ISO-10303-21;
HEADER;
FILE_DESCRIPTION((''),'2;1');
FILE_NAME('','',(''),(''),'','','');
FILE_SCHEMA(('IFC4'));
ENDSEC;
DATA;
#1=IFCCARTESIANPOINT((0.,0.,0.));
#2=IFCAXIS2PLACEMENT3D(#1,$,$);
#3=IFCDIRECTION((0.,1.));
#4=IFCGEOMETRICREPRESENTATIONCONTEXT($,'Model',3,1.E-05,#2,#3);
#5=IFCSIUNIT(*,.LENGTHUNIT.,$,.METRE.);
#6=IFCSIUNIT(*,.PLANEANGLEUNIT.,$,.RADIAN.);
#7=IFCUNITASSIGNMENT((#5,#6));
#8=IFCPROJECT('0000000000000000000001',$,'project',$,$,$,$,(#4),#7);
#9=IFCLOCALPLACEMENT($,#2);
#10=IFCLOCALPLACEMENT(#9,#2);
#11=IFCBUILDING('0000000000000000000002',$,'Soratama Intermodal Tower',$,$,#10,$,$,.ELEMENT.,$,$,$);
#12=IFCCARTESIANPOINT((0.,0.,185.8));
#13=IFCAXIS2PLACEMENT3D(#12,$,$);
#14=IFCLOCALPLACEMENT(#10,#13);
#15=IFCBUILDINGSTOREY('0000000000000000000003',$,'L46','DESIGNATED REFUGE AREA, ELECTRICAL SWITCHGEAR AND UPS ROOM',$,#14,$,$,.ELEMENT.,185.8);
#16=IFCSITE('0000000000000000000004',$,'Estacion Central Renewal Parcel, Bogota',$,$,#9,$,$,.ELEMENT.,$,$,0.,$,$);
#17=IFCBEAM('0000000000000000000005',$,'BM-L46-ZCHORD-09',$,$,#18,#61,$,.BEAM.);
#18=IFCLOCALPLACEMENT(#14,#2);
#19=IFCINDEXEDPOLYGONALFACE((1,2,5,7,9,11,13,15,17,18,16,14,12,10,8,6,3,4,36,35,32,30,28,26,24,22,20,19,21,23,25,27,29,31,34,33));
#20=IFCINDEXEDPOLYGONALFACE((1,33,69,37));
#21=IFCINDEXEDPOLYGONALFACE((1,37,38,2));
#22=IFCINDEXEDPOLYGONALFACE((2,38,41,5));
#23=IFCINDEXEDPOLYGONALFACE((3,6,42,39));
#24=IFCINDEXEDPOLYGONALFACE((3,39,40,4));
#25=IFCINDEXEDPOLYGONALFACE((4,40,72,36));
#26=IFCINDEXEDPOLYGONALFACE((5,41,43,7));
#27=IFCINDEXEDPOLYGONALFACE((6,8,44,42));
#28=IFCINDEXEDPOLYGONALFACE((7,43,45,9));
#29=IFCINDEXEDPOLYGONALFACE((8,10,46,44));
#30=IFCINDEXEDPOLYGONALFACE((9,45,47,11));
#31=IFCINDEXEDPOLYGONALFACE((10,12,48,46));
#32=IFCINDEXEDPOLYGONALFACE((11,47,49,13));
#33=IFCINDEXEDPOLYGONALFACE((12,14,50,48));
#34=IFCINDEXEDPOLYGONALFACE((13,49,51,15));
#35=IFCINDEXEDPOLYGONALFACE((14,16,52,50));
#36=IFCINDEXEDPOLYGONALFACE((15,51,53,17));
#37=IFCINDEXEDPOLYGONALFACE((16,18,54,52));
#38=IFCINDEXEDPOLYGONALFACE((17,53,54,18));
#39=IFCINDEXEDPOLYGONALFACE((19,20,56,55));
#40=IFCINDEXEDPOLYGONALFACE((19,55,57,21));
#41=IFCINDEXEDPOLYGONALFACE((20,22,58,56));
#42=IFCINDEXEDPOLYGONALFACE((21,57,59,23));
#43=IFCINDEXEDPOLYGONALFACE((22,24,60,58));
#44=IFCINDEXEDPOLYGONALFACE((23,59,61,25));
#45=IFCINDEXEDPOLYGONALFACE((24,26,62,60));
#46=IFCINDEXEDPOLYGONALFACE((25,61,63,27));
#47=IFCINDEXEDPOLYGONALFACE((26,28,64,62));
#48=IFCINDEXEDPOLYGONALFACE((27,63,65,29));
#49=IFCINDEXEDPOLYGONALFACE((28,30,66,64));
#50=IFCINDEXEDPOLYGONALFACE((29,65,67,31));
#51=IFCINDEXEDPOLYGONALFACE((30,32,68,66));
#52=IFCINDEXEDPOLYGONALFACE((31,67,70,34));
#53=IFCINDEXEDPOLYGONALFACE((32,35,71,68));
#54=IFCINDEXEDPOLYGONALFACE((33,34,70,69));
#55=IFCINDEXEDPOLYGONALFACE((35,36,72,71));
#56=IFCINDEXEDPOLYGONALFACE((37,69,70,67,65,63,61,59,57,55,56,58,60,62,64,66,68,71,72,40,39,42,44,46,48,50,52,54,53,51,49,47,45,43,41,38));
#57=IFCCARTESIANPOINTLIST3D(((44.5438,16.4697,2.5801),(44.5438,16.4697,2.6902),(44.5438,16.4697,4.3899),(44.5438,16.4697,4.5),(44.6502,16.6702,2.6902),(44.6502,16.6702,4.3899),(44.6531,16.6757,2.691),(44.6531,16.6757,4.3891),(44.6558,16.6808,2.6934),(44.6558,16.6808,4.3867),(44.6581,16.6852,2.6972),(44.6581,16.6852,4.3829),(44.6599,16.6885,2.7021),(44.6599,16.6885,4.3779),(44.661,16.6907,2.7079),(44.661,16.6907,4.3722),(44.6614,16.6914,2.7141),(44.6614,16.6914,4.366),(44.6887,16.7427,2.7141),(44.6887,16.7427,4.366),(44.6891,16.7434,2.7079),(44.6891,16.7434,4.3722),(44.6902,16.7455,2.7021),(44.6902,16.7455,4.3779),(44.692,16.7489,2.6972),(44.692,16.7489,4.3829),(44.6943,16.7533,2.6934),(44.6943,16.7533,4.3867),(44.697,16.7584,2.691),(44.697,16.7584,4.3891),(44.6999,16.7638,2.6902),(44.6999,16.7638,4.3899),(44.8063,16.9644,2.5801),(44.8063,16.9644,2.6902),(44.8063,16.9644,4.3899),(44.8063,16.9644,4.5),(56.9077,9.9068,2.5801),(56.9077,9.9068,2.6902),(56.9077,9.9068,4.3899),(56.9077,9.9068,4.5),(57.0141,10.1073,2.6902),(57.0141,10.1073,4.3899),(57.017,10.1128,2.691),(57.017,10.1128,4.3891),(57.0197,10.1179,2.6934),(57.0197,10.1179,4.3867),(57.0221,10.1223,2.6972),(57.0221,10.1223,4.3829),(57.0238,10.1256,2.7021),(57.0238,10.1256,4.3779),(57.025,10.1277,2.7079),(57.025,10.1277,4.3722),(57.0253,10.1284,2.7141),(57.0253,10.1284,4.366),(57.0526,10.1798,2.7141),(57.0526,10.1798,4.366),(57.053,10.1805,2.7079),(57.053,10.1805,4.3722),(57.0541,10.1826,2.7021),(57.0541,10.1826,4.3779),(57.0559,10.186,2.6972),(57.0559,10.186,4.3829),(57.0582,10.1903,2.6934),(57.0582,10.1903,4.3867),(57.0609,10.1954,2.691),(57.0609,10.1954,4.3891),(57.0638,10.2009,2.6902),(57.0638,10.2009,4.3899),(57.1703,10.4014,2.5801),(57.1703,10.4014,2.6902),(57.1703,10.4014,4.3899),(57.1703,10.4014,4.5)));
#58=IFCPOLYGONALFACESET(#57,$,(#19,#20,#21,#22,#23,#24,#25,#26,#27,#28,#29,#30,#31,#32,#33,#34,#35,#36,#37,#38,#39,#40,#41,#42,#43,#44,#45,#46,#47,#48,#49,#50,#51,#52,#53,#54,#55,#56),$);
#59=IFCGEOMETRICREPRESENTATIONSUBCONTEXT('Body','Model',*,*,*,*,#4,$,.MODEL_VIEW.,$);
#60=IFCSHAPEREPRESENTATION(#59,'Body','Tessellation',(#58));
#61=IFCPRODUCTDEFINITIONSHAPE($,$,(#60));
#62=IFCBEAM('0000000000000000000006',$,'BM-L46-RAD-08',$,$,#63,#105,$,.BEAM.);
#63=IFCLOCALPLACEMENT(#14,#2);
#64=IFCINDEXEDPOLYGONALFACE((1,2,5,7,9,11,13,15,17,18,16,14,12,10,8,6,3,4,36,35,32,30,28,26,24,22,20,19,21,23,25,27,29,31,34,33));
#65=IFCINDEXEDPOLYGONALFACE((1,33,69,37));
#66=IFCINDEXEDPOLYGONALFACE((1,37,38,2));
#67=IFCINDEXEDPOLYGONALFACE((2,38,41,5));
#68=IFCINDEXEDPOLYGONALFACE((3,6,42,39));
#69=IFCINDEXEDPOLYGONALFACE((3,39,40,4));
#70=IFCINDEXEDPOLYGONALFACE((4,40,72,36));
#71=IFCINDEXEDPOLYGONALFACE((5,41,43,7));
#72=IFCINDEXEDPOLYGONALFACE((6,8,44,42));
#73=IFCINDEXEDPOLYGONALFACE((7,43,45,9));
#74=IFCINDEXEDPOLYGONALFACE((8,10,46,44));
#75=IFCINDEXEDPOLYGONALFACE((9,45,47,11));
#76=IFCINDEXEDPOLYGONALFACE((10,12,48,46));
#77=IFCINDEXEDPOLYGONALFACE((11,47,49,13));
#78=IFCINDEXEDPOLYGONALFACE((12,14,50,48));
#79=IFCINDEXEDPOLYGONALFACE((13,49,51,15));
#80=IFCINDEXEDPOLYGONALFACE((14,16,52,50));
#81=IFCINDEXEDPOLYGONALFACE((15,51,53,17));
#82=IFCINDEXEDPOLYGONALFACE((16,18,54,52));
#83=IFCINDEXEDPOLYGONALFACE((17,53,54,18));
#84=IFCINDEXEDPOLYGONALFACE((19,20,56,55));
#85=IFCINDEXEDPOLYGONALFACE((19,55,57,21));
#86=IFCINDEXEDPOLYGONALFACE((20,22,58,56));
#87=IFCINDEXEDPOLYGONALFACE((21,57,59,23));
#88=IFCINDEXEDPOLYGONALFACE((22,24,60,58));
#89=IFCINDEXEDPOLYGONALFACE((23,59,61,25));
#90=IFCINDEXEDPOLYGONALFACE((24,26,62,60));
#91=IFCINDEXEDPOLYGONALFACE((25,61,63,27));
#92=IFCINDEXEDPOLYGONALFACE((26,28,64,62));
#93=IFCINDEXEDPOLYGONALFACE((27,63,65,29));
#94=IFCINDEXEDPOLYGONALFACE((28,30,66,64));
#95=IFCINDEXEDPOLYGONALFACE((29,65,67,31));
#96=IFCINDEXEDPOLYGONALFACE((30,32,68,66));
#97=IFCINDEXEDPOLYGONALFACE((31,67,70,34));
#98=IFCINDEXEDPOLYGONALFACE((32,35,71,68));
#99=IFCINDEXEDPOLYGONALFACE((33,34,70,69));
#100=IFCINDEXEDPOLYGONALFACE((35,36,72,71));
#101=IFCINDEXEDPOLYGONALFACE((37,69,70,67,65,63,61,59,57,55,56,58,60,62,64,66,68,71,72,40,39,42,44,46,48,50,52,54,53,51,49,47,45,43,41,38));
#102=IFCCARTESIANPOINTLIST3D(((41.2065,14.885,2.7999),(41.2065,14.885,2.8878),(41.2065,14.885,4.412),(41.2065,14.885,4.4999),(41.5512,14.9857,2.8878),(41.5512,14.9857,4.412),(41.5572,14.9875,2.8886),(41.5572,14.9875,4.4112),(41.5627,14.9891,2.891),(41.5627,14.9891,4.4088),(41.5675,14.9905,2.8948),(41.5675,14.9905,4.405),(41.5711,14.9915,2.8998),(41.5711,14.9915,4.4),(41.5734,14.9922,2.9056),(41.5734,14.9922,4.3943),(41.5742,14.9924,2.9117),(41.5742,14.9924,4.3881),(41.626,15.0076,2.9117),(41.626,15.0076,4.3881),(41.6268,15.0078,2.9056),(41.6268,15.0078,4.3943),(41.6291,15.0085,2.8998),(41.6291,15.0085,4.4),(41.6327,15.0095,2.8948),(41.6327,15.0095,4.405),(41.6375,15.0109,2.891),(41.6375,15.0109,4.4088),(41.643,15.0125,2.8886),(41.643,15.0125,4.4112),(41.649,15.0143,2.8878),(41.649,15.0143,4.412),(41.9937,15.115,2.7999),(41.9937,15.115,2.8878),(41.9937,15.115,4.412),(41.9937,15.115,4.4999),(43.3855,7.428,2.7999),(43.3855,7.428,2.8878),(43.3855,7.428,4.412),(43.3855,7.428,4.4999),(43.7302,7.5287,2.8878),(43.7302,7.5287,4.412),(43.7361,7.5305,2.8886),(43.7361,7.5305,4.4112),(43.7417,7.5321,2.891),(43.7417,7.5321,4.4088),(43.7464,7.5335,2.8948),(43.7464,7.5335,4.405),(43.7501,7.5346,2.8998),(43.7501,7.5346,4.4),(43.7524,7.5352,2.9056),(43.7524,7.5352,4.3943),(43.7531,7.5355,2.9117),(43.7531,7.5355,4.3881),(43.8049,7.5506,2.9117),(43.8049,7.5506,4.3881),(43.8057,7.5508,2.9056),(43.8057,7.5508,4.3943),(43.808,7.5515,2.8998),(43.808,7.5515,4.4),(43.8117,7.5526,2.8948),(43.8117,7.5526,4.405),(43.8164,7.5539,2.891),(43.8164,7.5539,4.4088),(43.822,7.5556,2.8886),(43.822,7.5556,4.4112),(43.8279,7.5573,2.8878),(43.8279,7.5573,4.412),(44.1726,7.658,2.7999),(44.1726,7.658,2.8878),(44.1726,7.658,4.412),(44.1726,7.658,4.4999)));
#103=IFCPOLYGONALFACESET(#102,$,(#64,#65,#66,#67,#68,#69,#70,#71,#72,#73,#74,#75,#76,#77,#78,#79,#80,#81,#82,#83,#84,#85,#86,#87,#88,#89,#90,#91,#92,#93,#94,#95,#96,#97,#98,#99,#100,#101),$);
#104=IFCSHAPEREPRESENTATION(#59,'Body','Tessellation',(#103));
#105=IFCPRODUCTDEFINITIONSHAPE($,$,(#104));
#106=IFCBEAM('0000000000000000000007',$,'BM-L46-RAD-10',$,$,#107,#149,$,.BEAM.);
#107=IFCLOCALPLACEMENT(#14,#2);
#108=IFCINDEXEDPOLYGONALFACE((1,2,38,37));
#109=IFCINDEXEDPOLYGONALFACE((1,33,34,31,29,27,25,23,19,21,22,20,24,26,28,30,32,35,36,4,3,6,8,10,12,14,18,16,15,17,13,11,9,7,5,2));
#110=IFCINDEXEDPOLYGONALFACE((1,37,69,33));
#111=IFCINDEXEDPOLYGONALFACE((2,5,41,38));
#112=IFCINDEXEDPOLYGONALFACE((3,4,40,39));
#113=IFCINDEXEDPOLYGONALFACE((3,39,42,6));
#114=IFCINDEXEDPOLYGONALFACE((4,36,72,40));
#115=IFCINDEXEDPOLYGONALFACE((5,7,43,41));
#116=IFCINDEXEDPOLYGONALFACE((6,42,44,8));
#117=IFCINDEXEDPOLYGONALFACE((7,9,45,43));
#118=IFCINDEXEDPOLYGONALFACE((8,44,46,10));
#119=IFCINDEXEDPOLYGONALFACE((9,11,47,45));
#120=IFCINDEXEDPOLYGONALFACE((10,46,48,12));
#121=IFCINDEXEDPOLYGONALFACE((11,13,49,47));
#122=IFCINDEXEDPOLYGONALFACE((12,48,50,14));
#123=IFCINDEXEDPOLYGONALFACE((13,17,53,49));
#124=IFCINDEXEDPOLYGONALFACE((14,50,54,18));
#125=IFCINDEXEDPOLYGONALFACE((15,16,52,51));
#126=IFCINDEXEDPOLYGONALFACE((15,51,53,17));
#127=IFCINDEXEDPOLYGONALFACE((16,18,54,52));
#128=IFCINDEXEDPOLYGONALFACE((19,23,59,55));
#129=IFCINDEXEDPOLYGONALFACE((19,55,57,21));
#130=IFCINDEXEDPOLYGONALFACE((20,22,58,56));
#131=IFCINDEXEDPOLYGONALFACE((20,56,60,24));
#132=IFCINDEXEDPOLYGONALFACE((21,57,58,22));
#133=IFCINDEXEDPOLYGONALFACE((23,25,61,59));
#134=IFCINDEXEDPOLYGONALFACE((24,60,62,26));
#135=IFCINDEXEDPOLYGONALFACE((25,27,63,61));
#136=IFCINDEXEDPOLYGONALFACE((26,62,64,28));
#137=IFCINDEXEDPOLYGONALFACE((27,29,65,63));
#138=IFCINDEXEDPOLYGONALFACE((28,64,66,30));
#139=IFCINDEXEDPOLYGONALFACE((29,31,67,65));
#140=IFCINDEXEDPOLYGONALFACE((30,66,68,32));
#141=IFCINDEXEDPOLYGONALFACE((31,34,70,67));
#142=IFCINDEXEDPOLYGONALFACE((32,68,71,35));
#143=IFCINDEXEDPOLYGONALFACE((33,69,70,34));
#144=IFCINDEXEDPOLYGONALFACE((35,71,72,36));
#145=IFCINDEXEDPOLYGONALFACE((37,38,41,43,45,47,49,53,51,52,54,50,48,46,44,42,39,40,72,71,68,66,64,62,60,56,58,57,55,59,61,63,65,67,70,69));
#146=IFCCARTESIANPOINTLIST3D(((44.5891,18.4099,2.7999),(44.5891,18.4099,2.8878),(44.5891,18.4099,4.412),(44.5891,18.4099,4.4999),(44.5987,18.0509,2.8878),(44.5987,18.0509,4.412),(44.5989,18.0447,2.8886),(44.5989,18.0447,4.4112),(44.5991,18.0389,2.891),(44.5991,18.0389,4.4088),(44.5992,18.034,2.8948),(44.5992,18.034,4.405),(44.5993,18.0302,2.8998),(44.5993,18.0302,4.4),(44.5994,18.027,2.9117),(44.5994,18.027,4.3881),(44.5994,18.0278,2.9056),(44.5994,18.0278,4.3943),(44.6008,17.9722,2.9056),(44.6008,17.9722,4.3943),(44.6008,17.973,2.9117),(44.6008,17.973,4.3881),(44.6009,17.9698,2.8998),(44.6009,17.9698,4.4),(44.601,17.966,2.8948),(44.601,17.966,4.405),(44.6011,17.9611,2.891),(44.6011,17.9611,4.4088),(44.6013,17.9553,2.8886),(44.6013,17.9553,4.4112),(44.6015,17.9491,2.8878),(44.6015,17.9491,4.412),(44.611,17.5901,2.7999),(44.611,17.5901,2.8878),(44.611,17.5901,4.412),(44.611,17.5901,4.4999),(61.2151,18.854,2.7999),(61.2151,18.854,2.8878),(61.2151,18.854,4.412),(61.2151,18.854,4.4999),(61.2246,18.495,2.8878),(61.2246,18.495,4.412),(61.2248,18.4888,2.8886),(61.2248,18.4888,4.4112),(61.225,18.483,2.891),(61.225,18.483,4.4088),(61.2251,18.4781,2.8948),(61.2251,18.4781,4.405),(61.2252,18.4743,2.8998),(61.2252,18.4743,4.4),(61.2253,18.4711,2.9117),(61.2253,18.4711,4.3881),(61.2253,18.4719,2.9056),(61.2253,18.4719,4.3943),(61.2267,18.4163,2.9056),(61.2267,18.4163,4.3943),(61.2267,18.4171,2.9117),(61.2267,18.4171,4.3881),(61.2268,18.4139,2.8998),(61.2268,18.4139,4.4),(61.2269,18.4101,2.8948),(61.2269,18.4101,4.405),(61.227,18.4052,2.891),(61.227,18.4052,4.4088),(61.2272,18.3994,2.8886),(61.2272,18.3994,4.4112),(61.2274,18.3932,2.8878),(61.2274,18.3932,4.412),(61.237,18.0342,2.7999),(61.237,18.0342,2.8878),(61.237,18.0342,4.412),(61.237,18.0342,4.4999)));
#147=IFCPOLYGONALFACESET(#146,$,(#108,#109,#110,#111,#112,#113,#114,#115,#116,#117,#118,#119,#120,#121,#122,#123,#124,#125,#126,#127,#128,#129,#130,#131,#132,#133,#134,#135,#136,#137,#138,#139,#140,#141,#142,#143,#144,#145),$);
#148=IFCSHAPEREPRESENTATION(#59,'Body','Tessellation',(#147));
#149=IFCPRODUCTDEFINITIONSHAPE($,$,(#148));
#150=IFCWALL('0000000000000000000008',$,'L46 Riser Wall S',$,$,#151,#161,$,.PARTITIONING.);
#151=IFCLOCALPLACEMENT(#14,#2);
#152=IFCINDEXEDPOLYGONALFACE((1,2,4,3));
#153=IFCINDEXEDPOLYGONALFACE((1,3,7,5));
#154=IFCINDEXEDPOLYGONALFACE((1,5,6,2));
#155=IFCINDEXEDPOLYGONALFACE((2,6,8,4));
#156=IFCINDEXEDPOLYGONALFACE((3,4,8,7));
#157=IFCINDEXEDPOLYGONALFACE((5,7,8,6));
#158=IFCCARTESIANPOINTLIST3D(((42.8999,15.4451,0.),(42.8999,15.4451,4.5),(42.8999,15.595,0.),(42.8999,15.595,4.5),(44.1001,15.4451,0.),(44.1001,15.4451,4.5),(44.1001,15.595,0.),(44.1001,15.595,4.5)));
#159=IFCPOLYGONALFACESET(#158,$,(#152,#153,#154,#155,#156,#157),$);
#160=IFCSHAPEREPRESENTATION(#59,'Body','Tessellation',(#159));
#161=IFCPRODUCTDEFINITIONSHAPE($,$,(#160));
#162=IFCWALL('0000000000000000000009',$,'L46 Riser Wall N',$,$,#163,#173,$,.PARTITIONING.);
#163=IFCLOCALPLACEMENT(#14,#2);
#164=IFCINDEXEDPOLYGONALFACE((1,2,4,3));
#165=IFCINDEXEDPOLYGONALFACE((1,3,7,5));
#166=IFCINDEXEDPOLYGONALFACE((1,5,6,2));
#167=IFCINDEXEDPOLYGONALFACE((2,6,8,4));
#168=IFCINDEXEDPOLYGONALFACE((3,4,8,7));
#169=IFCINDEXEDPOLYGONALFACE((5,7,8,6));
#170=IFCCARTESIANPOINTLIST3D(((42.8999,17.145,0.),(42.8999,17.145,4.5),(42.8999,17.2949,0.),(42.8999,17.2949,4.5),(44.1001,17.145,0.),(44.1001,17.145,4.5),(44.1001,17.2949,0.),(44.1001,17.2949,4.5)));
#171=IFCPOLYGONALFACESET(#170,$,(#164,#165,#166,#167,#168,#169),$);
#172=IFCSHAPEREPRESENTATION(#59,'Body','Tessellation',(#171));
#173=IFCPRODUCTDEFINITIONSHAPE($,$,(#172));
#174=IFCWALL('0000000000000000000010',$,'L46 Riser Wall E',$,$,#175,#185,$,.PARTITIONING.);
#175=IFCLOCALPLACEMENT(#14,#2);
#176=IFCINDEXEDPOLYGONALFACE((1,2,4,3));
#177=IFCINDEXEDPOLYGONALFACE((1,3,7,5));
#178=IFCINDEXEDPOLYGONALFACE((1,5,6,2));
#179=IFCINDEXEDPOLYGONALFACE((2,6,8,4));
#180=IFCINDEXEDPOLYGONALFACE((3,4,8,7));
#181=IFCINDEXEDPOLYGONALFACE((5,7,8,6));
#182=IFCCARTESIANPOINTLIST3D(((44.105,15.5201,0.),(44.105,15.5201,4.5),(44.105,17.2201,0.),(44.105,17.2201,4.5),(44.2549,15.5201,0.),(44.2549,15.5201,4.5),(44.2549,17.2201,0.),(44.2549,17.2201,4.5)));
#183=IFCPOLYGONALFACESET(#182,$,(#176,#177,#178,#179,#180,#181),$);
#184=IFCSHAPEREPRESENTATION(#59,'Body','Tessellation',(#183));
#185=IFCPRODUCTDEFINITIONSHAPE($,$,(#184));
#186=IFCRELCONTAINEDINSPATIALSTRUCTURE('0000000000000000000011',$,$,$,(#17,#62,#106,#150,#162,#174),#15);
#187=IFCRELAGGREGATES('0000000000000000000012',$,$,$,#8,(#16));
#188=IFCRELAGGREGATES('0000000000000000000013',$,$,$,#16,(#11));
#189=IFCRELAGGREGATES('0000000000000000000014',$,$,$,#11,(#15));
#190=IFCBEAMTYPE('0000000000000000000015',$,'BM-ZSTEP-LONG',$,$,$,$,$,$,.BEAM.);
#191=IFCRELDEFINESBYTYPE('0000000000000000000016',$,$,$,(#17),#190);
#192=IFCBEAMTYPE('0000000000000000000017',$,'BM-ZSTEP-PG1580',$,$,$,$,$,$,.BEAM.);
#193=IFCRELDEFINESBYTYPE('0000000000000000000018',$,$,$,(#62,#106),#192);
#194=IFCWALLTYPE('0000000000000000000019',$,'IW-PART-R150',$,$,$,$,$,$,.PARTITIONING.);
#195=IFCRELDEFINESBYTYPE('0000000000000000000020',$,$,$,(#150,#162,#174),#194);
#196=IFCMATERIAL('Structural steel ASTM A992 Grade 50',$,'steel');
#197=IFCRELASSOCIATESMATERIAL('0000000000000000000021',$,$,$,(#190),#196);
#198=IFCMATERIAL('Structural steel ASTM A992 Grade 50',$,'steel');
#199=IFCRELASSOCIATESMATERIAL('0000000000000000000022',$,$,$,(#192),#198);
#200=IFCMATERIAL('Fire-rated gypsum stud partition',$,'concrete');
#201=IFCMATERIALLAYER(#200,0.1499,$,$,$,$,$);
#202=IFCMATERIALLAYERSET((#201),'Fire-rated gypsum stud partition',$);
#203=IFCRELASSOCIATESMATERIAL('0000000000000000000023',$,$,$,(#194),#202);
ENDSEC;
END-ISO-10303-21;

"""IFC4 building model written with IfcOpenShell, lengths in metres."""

from ifc_helpers import new_model, si_unit, direction, frame, frame_2d, origin, origin_2d, place, context, subcontext, project, spatial, rectangle, i_section, extrude, material, layer, layer_set, material_profile, profile_set, type_object, element, save


model = new_model("IFC4")

# Units and contexts
model_context = context("Model", 3, precision=1e-05, world=origin(), true_north=direction((0.0, 1.0)))
body_context = subcontext(model_context, "Body", "Model", "MODEL_VIEW")
ifc_project = project(units=[si_unit("LENGTHUNIT", "METRE"), si_unit("PLANEANGLEUNIT", "RADIAN")], contexts=[model_context])

# Site, building, storey
site_placement = place(None, origin())
site = spatial("IfcSite", under=ifc_project, at=site_placement, Name="Estacion Central Renewal Parcel, Bogota", CompositionType="ELEMENT", RefElevation=0.0)
building_placement = place(site_placement, origin())
building = spatial("IfcBuilding", under=site, at=building_placement, Name="Soratama Intermodal Tower", CompositionType="ELEMENT")
storey_placement = place(building_placement, frame((0.0, 0.0, 185.8)))
storey = spatial("IfcBuildingStorey", under=building, at=storey_placement, Name="L46", Description="DESIGNATED REFUGE AREA, ELECTRICAL SWITCHGEAR AND UPS ROOM", CompositionType="ELEMENT", Elevation=185.8)

# Beams
ifc_material_1 = material(Name="Structural steel ASTM A992 Grade 50", Category="steel")
ifc_material_profile_1 = material_profile(ifc_material_1, i_section(OverallWidth=0.5601, OverallDepth=1.9199, WebThickness=0.0581, FlangeThickness=0.1101, FilletRadius=0.0239, at=origin_2d()), Name="PG2150X720")
ifc_profile_set_1 = profile_set([ifc_material_profile_1], Name="Structural steel ASTM A992 Grade 50")
beam_type_1 = type_object("IfcBeamType", Name="BM-ZSTEP-LONG", PredefinedType="BEAM", material=ifc_profile_set_1)
beam_1_placement = place(storey_placement, frame((44.675, 16.717, 3.54), z_axis=(0.883275, -0.468855, 0.0), x_axis=(0.468855, 0.883275, 0.0)))
element("IfcBeam", 1, at=beam_1_placement, inside=storey, type_object=beam_type_1, Name="BM-L46-ZCHORD-09", PredefinedType="BEAM", context=body_context, shape_type="SweptSolid", body=[
    extrude(i_section(OverallWidth=0.5601, OverallDepth=1.9199, WebThickness=0.0581, FlangeThickness=0.1101, FilletRadius=0.0239, at=origin_2d()), origin(), (0.0, 0.0, 1.0), 13.9978),
])
ifc_material_2 = material(Name="Structural steel ASTM A992 Grade 50", Category="steel")
ifc_material_profile_2 = material_profile(ifc_material_2, i_section(OverallWidth=0.8201, OverallDepth=1.7, WebThickness=0.054, FlangeThickness=0.0879, FilletRadius=0.0239, at=origin_2d()), Name="PG1580X800")
ifc_profile_set_2 = profile_set([ifc_material_profile_2], Name="Structural steel ASTM A992 Grade 50")
beam_type_2 = type_object("IfcBeamType", Name="BM-ZSTEP-PG1580", PredefinedType="BEAM", material=ifc_profile_set_2)
beam_2_placement = place(storey_placement, frame((41.6001, 15.0, 3.6499), z_axis=(0.280473, -0.959862, 0.0), x_axis=(0.959862, 0.280473, 0.0)))
element("IfcBeam", 2, at=beam_2_placement, inside=storey, type_object=beam_type_2, Name="BM-L46-RAD-08", PredefinedType="BEAM", context=body_context, shape_type="SweptSolid", body=[
    extrude(i_section(OverallWidth=0.8201, OverallDepth=1.7, WebThickness=0.054, FlangeThickness=0.0879, FilletRadius=0.0239, at=origin_2d()), origin(), (0.0, 0.0, 1.0), 7.7688),
])
beam_3_placement = place(storey_placement, frame((44.6001, 18.0, 3.6499), z_axis=(0.999643, 0.026701, 0.0), x_axis=(-0.026701, 0.999643, 0.0)))
element("IfcBeam", 3, at=beam_3_placement, inside=storey, type_object=beam_type_2, Name="BM-L46-RAD-10", PredefinedType="BEAM", context=body_context, shape_type="SweptSolid", body=[
    extrude(i_section(OverallWidth=0.8201, OverallDepth=1.7, WebThickness=0.054, FlangeThickness=0.0879, FilletRadius=0.0239, at=origin_2d()), origin(), (0.0, 0.0, 1.0), 16.6318),
])

# Walls
ifc_material_3 = material(Name="Fire-rated gypsum stud partition", Category="concrete")
ifc_layer_1 = layer(ifc_material_3, 0.1499)
ifc_layer_set_1 = layer_set([ifc_layer_1], Name="Fire-rated gypsum stud partition")
wall_type_1 = type_object("IfcWallType", Name="IW-PART-R150", PredefinedType="PARTITIONING", material=ifc_layer_set_1)
for number, where, z_axis, x_axis, name in (
    (4, (42.8999, 15.52, 0.0), (0.0, 0.0, 1.0), (1.0, 0.0, 0.0), "L46 Riser Wall S"),
    (5, (42.8999, 17.22, 0.0), (0.0, 0.0, 1.0), (1.0, 0.0, 0.0), "L46 Riser Wall N"),
):
    element("IfcWall", number, at=place(storey_placement, frame(where, z_axis=z_axis, x_axis=x_axis)), inside=storey, type_object=wall_type_1, Name=name, PredefinedType="PARTITIONING", context=body_context, shape_type="SweptSolid", body=[
        extrude(rectangle(XDim=1.2002, YDim=0.1499, at=frame_2d((0.6001, 0.0))), origin(), (0.0, 0.0, 1.0), 4.5),
    ])
wall_1_placement = place(storey_placement, frame((44.1799, 15.52, 0.0), z_axis=(0.0, 0.0, 1.0), x_axis=(0.0, 1.0, 0.0)))
element("IfcWall", 6, at=wall_1_placement, inside=storey, type_object=wall_type_1, Name="L46 Riser Wall E", PredefinedType="PARTITIONING", context=body_context, shape_type="SweptSolid", body=[
    extrude(rectangle(XDim=1.7, YDim=0.1499, at=frame_2d((0.8501, 0.0))), origin(), (0.0, 0.0, 1.0), 4.5),
])

save(model, "model.ifc")
